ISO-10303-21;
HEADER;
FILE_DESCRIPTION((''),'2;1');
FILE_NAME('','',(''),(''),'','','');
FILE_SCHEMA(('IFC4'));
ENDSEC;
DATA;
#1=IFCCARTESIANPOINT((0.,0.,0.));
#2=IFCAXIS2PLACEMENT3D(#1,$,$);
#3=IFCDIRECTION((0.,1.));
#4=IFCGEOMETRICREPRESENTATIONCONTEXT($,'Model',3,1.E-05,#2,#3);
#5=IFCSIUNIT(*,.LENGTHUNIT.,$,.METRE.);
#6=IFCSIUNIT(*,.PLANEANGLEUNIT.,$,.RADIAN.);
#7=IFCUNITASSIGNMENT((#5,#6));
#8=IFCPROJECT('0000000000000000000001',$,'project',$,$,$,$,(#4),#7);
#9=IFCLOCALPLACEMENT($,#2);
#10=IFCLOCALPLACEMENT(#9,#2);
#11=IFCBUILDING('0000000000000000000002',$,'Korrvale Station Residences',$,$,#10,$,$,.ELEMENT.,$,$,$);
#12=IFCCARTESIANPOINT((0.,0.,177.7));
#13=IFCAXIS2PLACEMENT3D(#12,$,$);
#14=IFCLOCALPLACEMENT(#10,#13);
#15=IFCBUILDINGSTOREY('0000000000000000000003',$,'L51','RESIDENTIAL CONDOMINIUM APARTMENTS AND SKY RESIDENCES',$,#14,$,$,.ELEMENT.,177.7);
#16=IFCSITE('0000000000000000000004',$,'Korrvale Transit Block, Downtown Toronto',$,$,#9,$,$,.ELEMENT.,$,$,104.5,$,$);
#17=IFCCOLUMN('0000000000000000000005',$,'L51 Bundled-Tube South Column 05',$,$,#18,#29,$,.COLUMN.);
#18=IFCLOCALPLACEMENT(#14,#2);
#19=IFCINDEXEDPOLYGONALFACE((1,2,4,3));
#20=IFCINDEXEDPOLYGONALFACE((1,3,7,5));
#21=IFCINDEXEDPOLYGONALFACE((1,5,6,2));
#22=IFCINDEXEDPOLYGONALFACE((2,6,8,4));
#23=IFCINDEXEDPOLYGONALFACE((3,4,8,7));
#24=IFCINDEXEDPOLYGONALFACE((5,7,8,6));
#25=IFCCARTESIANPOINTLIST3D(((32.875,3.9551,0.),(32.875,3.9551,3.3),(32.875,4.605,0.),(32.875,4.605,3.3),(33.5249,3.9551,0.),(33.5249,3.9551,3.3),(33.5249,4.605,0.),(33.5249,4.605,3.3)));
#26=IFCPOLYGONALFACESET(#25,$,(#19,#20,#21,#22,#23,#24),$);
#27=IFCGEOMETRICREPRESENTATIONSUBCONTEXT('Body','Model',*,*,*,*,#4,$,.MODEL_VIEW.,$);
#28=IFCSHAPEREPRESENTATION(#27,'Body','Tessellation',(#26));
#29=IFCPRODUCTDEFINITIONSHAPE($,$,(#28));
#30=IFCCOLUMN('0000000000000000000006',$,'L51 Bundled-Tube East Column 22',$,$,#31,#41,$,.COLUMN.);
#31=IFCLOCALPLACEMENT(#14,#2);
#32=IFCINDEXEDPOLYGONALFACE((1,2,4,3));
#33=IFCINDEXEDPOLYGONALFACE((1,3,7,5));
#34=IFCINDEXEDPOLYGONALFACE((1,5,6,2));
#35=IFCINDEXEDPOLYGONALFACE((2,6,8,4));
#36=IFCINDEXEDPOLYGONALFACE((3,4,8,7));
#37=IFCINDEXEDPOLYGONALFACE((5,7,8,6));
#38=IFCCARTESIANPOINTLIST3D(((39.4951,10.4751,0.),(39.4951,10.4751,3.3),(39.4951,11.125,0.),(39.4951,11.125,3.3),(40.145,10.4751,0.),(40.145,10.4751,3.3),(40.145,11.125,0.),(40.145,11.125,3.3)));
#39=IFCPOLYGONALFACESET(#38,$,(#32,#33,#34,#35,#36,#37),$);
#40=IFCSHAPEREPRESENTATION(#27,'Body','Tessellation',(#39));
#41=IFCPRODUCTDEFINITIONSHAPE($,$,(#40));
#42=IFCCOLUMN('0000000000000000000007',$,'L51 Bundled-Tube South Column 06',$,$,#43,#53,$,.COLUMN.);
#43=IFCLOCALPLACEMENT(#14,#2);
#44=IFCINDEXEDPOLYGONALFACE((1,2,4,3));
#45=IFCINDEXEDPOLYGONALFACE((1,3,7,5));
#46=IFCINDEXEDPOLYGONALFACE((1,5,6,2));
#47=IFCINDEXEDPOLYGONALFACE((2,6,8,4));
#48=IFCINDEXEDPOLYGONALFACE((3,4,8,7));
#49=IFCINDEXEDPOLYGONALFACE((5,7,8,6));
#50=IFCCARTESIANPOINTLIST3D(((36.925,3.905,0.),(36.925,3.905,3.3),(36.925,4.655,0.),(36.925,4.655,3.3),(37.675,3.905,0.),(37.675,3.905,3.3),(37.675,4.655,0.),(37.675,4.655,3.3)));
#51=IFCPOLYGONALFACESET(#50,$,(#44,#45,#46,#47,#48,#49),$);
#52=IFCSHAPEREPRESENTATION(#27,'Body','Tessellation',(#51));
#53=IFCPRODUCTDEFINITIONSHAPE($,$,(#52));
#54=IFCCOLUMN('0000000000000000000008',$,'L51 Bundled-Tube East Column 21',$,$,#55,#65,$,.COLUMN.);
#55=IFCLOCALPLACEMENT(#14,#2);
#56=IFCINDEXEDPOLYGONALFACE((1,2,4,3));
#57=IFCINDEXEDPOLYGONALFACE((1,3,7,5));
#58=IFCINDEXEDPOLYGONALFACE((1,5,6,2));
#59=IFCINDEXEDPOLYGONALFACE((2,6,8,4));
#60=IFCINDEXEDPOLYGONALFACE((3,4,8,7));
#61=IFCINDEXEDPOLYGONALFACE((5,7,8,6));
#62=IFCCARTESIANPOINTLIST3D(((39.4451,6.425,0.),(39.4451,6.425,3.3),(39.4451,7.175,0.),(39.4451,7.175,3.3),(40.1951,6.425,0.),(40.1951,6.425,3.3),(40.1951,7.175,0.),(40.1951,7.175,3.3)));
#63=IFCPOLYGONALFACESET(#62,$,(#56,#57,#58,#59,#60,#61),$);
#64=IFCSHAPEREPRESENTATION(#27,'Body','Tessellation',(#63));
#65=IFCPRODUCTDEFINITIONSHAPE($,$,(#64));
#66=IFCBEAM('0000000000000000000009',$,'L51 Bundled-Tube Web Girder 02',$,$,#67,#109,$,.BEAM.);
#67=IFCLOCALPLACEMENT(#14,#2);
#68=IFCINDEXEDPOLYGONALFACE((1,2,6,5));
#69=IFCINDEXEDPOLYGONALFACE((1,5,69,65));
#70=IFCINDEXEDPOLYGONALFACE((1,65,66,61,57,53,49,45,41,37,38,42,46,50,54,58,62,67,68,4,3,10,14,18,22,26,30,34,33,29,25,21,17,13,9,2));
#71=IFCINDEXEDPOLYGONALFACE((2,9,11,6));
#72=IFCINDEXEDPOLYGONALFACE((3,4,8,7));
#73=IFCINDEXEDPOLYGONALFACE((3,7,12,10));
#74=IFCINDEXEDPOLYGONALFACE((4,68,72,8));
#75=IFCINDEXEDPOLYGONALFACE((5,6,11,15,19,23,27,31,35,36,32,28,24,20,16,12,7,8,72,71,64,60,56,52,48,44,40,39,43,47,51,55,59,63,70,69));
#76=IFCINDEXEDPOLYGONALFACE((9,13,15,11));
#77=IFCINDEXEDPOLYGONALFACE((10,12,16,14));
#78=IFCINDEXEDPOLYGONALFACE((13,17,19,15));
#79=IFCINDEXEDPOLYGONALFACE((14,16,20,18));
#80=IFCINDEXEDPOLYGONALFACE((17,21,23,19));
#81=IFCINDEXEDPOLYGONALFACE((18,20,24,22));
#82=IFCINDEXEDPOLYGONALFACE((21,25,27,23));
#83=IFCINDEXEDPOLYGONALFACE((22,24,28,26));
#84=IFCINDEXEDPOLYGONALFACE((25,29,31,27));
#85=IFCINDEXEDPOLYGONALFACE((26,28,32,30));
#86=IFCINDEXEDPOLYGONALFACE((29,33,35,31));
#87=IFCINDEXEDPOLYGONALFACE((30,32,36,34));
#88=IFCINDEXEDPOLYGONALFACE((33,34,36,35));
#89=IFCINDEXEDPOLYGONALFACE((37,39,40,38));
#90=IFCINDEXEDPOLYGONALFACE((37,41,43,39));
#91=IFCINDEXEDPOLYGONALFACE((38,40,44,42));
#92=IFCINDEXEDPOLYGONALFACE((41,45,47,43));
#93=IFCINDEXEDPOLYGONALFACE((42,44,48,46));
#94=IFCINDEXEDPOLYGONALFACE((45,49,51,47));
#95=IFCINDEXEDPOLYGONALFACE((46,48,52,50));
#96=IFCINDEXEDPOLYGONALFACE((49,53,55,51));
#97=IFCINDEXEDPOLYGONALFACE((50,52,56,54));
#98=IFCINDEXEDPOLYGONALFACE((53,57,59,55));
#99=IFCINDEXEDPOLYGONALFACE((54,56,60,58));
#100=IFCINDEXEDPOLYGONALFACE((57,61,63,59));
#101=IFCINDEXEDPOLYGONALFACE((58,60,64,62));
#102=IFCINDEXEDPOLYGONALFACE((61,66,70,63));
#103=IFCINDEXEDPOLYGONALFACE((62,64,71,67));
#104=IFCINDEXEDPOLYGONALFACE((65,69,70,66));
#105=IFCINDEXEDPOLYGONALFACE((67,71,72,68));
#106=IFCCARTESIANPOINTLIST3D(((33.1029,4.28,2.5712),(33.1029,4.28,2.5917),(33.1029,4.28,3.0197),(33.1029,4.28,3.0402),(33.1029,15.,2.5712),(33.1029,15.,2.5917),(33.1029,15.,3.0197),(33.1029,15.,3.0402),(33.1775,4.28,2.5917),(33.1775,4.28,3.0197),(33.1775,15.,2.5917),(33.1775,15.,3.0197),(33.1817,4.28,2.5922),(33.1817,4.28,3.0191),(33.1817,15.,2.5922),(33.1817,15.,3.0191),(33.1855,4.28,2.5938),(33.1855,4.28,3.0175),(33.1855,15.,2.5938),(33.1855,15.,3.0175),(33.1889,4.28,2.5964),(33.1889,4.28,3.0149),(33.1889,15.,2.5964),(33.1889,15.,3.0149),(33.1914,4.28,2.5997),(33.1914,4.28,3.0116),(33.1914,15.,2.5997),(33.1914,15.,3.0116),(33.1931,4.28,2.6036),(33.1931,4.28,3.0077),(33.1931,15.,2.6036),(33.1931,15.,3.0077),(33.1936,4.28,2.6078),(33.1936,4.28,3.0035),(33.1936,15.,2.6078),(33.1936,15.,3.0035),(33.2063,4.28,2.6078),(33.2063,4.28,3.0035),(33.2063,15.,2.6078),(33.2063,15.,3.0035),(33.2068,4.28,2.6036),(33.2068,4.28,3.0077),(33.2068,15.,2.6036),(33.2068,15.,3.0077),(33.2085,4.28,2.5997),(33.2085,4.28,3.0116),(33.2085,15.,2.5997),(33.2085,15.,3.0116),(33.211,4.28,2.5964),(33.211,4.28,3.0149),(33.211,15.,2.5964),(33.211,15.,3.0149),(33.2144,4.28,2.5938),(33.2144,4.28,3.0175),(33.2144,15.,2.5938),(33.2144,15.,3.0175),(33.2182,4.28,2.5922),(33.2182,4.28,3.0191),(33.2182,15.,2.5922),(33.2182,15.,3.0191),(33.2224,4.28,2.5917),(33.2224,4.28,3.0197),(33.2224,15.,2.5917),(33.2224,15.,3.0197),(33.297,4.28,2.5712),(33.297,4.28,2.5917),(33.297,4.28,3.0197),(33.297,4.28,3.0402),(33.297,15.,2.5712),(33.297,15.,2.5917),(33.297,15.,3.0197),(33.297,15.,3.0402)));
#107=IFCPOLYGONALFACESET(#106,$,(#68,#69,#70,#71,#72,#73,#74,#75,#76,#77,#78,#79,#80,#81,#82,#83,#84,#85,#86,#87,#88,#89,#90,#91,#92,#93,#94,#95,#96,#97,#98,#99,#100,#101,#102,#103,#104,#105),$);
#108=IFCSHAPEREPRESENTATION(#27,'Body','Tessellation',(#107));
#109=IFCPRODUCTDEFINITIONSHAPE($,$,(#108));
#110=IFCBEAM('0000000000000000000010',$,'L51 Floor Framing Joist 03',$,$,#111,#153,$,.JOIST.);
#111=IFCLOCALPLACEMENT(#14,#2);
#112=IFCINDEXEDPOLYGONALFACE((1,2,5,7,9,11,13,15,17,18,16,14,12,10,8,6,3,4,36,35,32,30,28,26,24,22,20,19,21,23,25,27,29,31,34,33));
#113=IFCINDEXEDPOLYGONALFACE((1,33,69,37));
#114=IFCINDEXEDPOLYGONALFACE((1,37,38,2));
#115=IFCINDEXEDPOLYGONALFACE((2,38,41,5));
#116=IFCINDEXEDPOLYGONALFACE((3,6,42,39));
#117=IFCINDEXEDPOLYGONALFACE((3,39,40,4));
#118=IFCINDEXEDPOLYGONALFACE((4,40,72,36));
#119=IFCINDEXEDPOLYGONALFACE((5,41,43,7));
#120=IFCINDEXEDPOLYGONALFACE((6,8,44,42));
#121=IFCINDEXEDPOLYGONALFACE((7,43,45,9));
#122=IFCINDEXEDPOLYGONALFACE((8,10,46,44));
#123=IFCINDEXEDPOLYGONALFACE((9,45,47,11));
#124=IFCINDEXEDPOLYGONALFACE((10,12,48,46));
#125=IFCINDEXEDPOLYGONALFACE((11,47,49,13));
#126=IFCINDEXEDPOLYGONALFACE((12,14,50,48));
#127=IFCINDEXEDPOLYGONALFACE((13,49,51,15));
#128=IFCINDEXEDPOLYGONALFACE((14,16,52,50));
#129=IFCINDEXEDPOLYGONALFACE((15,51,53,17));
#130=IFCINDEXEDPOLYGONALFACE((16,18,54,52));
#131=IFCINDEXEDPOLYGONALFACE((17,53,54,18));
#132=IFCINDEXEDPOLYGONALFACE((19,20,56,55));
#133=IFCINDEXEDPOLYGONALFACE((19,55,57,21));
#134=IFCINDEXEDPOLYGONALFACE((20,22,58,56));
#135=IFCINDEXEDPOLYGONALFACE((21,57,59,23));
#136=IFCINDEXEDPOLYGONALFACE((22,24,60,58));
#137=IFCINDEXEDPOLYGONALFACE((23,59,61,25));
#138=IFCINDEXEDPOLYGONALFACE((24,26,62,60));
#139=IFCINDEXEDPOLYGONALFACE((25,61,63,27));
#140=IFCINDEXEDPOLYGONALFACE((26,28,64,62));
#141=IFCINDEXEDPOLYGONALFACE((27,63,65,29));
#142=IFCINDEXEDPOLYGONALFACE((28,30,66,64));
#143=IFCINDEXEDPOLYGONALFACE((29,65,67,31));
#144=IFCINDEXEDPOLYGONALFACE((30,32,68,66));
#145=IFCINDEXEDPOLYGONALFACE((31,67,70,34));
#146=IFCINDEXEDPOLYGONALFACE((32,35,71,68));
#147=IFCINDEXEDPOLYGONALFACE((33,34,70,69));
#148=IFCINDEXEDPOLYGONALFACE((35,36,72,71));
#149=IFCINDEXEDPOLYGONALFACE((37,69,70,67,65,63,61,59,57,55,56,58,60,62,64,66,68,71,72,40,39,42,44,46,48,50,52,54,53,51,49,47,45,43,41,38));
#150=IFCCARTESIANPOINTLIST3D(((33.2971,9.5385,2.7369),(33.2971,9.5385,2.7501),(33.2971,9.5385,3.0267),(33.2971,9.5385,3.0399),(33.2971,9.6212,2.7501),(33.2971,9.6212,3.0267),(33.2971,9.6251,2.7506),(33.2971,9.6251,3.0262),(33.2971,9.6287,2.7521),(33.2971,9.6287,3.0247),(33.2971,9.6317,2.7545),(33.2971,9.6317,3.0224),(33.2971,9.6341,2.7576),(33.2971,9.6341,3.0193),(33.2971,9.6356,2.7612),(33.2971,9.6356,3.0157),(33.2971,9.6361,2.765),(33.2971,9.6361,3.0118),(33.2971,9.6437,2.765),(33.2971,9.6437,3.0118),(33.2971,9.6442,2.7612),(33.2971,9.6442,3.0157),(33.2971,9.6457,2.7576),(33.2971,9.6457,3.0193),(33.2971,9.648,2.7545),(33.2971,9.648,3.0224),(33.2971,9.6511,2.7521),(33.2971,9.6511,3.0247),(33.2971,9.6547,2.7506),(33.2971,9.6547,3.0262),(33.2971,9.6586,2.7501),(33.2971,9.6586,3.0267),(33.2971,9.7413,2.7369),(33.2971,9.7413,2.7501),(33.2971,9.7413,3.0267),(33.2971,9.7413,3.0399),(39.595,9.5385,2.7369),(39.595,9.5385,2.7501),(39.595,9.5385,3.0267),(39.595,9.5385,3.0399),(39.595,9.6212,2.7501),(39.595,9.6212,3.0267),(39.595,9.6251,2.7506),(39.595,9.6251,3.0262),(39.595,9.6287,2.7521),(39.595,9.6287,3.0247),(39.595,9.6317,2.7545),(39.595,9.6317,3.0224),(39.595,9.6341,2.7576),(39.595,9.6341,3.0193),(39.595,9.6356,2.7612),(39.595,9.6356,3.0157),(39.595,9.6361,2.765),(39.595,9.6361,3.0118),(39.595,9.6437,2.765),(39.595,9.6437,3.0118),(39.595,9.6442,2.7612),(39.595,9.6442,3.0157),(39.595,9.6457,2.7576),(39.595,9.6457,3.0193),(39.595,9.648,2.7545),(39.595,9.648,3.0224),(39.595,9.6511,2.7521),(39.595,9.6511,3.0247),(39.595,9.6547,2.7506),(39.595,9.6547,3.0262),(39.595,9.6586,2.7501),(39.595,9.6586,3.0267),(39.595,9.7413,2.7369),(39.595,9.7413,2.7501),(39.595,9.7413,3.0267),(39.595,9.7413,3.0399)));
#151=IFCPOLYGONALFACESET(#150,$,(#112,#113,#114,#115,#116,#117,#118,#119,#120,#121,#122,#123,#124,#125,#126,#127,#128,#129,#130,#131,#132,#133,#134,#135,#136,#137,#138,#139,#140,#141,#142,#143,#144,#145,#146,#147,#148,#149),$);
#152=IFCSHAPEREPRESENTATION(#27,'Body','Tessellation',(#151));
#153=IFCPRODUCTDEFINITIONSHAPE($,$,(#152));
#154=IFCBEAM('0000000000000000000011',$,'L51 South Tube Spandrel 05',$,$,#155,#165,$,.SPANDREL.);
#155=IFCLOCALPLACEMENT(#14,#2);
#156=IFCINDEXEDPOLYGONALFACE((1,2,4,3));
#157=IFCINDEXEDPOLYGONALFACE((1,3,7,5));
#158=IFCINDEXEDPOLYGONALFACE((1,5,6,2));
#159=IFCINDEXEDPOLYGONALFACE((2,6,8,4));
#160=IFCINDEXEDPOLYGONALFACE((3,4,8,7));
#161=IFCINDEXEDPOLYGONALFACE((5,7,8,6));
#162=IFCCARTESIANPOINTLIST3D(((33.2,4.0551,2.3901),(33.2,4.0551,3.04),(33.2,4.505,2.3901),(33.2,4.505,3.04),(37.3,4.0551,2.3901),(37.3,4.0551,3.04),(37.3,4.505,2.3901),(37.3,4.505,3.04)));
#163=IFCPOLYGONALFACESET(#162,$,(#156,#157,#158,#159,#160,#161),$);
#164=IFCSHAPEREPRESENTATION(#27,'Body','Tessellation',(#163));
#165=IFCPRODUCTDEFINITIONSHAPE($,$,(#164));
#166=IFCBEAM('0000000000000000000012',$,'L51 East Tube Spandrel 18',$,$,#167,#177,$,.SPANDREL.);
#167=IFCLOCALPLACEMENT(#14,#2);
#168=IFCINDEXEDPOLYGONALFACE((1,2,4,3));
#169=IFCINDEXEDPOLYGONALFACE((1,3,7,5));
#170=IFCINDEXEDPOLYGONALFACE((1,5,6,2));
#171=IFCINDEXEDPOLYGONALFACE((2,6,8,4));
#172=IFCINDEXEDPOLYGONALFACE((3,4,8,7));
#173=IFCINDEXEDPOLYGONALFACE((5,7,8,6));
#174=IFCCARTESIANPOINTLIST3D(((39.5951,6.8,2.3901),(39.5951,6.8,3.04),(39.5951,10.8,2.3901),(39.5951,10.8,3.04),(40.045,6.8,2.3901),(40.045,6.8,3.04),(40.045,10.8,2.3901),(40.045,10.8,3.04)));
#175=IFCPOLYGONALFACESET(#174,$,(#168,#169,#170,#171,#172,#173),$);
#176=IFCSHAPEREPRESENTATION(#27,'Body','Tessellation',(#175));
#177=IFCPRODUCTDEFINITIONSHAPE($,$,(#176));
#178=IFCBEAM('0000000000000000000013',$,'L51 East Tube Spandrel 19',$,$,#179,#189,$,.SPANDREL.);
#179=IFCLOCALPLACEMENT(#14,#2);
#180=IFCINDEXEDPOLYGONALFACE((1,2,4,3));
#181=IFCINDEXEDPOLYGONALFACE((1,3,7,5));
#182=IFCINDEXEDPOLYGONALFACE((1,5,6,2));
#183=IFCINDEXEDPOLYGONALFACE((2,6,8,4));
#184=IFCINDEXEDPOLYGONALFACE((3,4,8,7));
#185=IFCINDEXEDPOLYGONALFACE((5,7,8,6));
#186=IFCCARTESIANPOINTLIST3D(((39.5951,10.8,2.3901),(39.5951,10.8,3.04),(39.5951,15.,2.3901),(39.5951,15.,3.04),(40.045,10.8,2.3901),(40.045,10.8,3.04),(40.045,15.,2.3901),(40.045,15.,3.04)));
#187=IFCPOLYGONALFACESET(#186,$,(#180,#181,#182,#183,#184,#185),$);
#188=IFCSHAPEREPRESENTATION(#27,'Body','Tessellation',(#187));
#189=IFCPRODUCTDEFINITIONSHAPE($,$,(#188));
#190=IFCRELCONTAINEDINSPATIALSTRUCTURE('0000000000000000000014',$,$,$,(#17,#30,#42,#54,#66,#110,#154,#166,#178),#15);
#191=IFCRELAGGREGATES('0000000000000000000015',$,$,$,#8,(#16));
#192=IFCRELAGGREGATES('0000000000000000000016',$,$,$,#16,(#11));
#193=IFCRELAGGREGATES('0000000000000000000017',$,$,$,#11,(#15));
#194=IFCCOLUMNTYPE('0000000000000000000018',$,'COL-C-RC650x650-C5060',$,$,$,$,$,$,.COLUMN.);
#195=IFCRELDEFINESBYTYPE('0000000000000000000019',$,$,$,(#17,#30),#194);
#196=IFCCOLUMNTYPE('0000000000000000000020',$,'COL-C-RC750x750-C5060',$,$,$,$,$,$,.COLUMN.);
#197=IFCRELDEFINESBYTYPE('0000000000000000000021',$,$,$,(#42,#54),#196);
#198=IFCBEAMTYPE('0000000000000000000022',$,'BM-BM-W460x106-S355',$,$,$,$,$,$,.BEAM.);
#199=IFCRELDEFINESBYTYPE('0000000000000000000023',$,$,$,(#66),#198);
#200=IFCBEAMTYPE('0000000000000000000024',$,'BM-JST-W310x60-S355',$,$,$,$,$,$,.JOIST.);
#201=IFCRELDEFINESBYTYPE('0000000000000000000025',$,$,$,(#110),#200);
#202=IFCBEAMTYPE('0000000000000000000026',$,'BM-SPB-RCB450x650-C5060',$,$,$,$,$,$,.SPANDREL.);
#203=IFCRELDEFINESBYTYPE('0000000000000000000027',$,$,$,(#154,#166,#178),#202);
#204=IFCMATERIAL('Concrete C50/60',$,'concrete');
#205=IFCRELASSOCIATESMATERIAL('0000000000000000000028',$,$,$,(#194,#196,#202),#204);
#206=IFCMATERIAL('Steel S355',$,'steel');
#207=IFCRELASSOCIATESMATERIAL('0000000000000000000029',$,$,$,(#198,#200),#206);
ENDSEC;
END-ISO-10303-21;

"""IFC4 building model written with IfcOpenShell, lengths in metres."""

from ifc_helpers import new_model, si_unit, direction, frame, origin, origin_2d, place, context, subcontext, project, spatial, rectangle, i_section, extrude, material, material_profile, profile_set, type_object, element, save


model = new_model("IFC4")

# Units and contexts
model_context = context("Model", 3, precision=1e-05, world=origin(), true_north=direction((0.0, 1.0)))
body_context = subcontext(model_context, "Body", "Model", "MODEL_VIEW")
ifc_project = project(units=[si_unit("LENGTHUNIT", "METRE"), si_unit("PLANEANGLEUNIT", "RADIAN")], contexts=[model_context])

# Site, building, storey
site_placement = place(None, origin())
site = spatial("IfcSite", under=ifc_project, at=site_placement, Name="Korrvale Transit Block, Downtown Toronto", CompositionType="ELEMENT", RefElevation=104.5)
building_placement = place(site_placement, origin())
building = spatial("IfcBuilding", under=site, at=building_placement, Name="Korrvale Station Residences", CompositionType="ELEMENT")
storey_placement = place(building_placement, frame((0.0, 0.0, 177.7)))
storey = spatial("IfcBuildingStorey", under=building, at=storey_placement, Name="L51", Description="RESIDENTIAL CONDOMINIUM APARTMENTS AND SKY RESIDENCES", CompositionType="ELEMENT", Elevation=177.7)

# Columns
ifc_material_1 = material(Name="Concrete C50/60", Category="concrete")
ifc_material_profile_1 = material_profile(ifc_material_1, rectangle(XDim=0.6499, YDim=0.6499, at=origin_2d()), Name="RC650x650")
ifc_profile_set_1 = profile_set([ifc_material_profile_1], Name="Concrete C50/60")
column_type_1 = type_object("IfcColumnType", Name="COL-C-RC650x650-C5060", PredefinedType="COLUMN", material=ifc_profile_set_1)
for number, where, z_axis, x_axis, name in (
    (1, (33.2, 4.28, 0.0), (0.0, 0.0, 1.0), (1.0, 0.0, 0.0), "L51 Bundled-Tube South Column 05"),
    (2, (39.8201, 10.8, 0.0), (0.0, 0.0, 1.0), (1.0, 0.0, 0.0), "L51 Bundled-Tube East Column 22"),
):
    element("IfcColumn", number, at=place(storey_placement, frame(where, z_axis=z_axis, x_axis=x_axis)), inside=storey, type_object=column_type_1, Name=name, PredefinedType="COLUMN", context=body_context, shape_type="SweptSolid", body=[
        extrude(rectangle(XDim=0.6499, YDim=0.6499, at=origin_2d()), origin(), (0.0, 0.0, 1.0), 3.3),
    ])
ifc_material_profile_2 = material_profile(ifc_material_1, rectangle(XDim=0.75, YDim=0.75, at=origin_2d()), Name="RC750x750")
ifc_profile_set_2 = profile_set([ifc_material_profile_2], Name="Concrete C50/60")
column_type_2 = type_object("IfcColumnType", Name="COL-C-RC750x750-C5060", PredefinedType="COLUMN", material=ifc_profile_set_2)
for number, where, z_axis, x_axis, name in (
    (3, (37.3, 4.28, 0.0), (0.0, 0.0, 1.0), (1.0, 0.0, 0.0), "L51 Bundled-Tube South Column 06"),
    (4, (39.8201, 6.8, 0.0), (0.0, 0.0, 1.0), (1.0, 0.0, 0.0), "L51 Bundled-Tube East Column 21"),
):
    element("IfcColumn", number, at=place(storey_placement, frame(where, z_axis=z_axis, x_axis=x_axis)), inside=storey, type_object=column_type_2, Name=name, PredefinedType="COLUMN", context=body_context, shape_type="SweptSolid", body=[
        extrude(rectangle(XDim=0.75, YDim=0.75, at=origin_2d()), origin(), (0.0, 0.0, 1.0), 3.3),
    ])

# Beams
ifc_material_2 = material(Name="Steel S355", Category="steel")
ifc_material_profile_3 = material_profile(ifc_material_2, i_section(OverallWidth=0.1941, OverallDepth=0.469, WebThickness=0.0127, FlangeThickness=0.0205, FilletRadius=0.0161, at=origin_2d()), Name="W460x106")
ifc_profile_set_3 = profile_set([ifc_material_profile_3], Name="Steel S355")
beam_type_1 = type_object("IfcBeamType", Name="BM-BM-W460x106-S355", PredefinedType="BEAM", material=ifc_profile_set_3)
beam_1_placement = place(storey_placement, frame((33.2, 4.28, 2.8057), z_axis=(0.0, 1.0, 0.0), x_axis=(-1.0, 0.0, 0.0)))
element("IfcBeam", 5, at=beam_1_placement, inside=storey, type_object=beam_type_1, Name="L51 Bundled-Tube Web Girder 02", PredefinedType="BEAM", context=body_context, shape_type="SweptSolid", body=[
    extrude(i_section(OverallWidth=0.1941, OverallDepth=0.469, WebThickness=0.0127, FlangeThickness=0.0205, FilletRadius=0.0161, at=origin_2d()), origin(), (0.0, 0.0, 1.0), 10.72),
])
ifc_material_profile_4 = material_profile(ifc_material_2, i_section(OverallWidth=0.2029, OverallDepth=0.303, WebThickness=0.0076, FlangeThickness=0.0132, FilletRadius=0.0149, at=origin_2d()), Name="W310x60")
ifc_profile_set_4 = profile_set([ifc_material_profile_4], Name="Steel S355")
beam_type_2 = type_object("IfcBeamType", Name="BM-JST-W310x60-S355", PredefinedType="JOIST", material=ifc_profile_set_4)
beam_2_placement = place(storey_placement, frame((33.2971, 9.6399, 2.8884), z_axis=(1.0, 0.0, 0.0), x_axis=(0.0, 1.0, 0.0)))
element("IfcBeam", 6, at=beam_2_placement, inside=storey, type_object=beam_type_2, Name="L51 Floor Framing Joist 03", PredefinedType="JOIST", context=body_context, shape_type="SweptSolid", body=[
    extrude(i_section(OverallWidth=0.2029, OverallDepth=0.303, WebThickness=0.0076, FlangeThickness=0.0132, FilletRadius=0.0149, at=origin_2d()), origin(), (0.0, 0.0, 1.0), 6.2979),
])
ifc_material_profile_5 = material_profile(ifc_material_1, rectangle(XDim=0.45, YDim=0.6499, at=origin_2d()), Name="RCB450x650")
ifc_profile_set_5 = profile_set([ifc_material_profile_5], Name="Concrete C50/60")
beam_type_3 = type_object("IfcBeamType", Name="BM-SPB-RCB450x650-C5060", PredefinedType="SPANDREL", material=ifc_profile_set_5)
beam_3_placement = place(storey_placement, frame((33.2, 4.28, 2.7151), z_axis=(1.0, 0.0, 0.0), x_axis=(0.0, 1.0, 0.0)))
element("IfcBeam", 7, at=beam_3_placement, inside=storey, type_object=beam_type_3, Name="L51 South Tube Spandrel 05", PredefinedType="SPANDREL", context=body_context, shape_type="SweptSolid", body=[
    extrude(rectangle(XDim=0.45, YDim=0.6499, at=origin_2d()), origin(), (0.0, 0.0, 1.0), 4.1001),
])
beam_4_placement = place(storey_placement, frame((39.8201, 6.8, 2.7151), z_axis=(0.0, 1.0, 0.0), x_axis=(-1.0, 0.0, 0.0)))
element("IfcBeam", 8, at=beam_4_placement, inside=storey, type_object=beam_type_3, Name="L51 East Tube Spandrel 18", PredefinedType="SPANDREL", context=body_context, shape_type="SweptSolid", body=[
    extrude(rectangle(XDim=0.45, YDim=0.6499, at=origin_2d()), origin(), (0.0, 0.0, 1.0), 4.0),
])
beam_5_placement = place(storey_placement, frame((39.8201, 10.8, 2.7151), z_axis=(0.0, 1.0, 0.0), x_axis=(-1.0, 0.0, 0.0)))
element("IfcBeam", 9, at=beam_5_placement, inside=storey, type_object=beam_type_3, Name="L51 East Tube Spandrel 19", PredefinedType="SPANDREL", context=body_context, shape_type="SweptSolid", body=[
    extrude(rectangle(XDim=0.45, YDim=0.6499, at=origin_2d()), origin(), (0.0, 0.0, 1.0), 4.2),
])

save(model, "model.ifc")
